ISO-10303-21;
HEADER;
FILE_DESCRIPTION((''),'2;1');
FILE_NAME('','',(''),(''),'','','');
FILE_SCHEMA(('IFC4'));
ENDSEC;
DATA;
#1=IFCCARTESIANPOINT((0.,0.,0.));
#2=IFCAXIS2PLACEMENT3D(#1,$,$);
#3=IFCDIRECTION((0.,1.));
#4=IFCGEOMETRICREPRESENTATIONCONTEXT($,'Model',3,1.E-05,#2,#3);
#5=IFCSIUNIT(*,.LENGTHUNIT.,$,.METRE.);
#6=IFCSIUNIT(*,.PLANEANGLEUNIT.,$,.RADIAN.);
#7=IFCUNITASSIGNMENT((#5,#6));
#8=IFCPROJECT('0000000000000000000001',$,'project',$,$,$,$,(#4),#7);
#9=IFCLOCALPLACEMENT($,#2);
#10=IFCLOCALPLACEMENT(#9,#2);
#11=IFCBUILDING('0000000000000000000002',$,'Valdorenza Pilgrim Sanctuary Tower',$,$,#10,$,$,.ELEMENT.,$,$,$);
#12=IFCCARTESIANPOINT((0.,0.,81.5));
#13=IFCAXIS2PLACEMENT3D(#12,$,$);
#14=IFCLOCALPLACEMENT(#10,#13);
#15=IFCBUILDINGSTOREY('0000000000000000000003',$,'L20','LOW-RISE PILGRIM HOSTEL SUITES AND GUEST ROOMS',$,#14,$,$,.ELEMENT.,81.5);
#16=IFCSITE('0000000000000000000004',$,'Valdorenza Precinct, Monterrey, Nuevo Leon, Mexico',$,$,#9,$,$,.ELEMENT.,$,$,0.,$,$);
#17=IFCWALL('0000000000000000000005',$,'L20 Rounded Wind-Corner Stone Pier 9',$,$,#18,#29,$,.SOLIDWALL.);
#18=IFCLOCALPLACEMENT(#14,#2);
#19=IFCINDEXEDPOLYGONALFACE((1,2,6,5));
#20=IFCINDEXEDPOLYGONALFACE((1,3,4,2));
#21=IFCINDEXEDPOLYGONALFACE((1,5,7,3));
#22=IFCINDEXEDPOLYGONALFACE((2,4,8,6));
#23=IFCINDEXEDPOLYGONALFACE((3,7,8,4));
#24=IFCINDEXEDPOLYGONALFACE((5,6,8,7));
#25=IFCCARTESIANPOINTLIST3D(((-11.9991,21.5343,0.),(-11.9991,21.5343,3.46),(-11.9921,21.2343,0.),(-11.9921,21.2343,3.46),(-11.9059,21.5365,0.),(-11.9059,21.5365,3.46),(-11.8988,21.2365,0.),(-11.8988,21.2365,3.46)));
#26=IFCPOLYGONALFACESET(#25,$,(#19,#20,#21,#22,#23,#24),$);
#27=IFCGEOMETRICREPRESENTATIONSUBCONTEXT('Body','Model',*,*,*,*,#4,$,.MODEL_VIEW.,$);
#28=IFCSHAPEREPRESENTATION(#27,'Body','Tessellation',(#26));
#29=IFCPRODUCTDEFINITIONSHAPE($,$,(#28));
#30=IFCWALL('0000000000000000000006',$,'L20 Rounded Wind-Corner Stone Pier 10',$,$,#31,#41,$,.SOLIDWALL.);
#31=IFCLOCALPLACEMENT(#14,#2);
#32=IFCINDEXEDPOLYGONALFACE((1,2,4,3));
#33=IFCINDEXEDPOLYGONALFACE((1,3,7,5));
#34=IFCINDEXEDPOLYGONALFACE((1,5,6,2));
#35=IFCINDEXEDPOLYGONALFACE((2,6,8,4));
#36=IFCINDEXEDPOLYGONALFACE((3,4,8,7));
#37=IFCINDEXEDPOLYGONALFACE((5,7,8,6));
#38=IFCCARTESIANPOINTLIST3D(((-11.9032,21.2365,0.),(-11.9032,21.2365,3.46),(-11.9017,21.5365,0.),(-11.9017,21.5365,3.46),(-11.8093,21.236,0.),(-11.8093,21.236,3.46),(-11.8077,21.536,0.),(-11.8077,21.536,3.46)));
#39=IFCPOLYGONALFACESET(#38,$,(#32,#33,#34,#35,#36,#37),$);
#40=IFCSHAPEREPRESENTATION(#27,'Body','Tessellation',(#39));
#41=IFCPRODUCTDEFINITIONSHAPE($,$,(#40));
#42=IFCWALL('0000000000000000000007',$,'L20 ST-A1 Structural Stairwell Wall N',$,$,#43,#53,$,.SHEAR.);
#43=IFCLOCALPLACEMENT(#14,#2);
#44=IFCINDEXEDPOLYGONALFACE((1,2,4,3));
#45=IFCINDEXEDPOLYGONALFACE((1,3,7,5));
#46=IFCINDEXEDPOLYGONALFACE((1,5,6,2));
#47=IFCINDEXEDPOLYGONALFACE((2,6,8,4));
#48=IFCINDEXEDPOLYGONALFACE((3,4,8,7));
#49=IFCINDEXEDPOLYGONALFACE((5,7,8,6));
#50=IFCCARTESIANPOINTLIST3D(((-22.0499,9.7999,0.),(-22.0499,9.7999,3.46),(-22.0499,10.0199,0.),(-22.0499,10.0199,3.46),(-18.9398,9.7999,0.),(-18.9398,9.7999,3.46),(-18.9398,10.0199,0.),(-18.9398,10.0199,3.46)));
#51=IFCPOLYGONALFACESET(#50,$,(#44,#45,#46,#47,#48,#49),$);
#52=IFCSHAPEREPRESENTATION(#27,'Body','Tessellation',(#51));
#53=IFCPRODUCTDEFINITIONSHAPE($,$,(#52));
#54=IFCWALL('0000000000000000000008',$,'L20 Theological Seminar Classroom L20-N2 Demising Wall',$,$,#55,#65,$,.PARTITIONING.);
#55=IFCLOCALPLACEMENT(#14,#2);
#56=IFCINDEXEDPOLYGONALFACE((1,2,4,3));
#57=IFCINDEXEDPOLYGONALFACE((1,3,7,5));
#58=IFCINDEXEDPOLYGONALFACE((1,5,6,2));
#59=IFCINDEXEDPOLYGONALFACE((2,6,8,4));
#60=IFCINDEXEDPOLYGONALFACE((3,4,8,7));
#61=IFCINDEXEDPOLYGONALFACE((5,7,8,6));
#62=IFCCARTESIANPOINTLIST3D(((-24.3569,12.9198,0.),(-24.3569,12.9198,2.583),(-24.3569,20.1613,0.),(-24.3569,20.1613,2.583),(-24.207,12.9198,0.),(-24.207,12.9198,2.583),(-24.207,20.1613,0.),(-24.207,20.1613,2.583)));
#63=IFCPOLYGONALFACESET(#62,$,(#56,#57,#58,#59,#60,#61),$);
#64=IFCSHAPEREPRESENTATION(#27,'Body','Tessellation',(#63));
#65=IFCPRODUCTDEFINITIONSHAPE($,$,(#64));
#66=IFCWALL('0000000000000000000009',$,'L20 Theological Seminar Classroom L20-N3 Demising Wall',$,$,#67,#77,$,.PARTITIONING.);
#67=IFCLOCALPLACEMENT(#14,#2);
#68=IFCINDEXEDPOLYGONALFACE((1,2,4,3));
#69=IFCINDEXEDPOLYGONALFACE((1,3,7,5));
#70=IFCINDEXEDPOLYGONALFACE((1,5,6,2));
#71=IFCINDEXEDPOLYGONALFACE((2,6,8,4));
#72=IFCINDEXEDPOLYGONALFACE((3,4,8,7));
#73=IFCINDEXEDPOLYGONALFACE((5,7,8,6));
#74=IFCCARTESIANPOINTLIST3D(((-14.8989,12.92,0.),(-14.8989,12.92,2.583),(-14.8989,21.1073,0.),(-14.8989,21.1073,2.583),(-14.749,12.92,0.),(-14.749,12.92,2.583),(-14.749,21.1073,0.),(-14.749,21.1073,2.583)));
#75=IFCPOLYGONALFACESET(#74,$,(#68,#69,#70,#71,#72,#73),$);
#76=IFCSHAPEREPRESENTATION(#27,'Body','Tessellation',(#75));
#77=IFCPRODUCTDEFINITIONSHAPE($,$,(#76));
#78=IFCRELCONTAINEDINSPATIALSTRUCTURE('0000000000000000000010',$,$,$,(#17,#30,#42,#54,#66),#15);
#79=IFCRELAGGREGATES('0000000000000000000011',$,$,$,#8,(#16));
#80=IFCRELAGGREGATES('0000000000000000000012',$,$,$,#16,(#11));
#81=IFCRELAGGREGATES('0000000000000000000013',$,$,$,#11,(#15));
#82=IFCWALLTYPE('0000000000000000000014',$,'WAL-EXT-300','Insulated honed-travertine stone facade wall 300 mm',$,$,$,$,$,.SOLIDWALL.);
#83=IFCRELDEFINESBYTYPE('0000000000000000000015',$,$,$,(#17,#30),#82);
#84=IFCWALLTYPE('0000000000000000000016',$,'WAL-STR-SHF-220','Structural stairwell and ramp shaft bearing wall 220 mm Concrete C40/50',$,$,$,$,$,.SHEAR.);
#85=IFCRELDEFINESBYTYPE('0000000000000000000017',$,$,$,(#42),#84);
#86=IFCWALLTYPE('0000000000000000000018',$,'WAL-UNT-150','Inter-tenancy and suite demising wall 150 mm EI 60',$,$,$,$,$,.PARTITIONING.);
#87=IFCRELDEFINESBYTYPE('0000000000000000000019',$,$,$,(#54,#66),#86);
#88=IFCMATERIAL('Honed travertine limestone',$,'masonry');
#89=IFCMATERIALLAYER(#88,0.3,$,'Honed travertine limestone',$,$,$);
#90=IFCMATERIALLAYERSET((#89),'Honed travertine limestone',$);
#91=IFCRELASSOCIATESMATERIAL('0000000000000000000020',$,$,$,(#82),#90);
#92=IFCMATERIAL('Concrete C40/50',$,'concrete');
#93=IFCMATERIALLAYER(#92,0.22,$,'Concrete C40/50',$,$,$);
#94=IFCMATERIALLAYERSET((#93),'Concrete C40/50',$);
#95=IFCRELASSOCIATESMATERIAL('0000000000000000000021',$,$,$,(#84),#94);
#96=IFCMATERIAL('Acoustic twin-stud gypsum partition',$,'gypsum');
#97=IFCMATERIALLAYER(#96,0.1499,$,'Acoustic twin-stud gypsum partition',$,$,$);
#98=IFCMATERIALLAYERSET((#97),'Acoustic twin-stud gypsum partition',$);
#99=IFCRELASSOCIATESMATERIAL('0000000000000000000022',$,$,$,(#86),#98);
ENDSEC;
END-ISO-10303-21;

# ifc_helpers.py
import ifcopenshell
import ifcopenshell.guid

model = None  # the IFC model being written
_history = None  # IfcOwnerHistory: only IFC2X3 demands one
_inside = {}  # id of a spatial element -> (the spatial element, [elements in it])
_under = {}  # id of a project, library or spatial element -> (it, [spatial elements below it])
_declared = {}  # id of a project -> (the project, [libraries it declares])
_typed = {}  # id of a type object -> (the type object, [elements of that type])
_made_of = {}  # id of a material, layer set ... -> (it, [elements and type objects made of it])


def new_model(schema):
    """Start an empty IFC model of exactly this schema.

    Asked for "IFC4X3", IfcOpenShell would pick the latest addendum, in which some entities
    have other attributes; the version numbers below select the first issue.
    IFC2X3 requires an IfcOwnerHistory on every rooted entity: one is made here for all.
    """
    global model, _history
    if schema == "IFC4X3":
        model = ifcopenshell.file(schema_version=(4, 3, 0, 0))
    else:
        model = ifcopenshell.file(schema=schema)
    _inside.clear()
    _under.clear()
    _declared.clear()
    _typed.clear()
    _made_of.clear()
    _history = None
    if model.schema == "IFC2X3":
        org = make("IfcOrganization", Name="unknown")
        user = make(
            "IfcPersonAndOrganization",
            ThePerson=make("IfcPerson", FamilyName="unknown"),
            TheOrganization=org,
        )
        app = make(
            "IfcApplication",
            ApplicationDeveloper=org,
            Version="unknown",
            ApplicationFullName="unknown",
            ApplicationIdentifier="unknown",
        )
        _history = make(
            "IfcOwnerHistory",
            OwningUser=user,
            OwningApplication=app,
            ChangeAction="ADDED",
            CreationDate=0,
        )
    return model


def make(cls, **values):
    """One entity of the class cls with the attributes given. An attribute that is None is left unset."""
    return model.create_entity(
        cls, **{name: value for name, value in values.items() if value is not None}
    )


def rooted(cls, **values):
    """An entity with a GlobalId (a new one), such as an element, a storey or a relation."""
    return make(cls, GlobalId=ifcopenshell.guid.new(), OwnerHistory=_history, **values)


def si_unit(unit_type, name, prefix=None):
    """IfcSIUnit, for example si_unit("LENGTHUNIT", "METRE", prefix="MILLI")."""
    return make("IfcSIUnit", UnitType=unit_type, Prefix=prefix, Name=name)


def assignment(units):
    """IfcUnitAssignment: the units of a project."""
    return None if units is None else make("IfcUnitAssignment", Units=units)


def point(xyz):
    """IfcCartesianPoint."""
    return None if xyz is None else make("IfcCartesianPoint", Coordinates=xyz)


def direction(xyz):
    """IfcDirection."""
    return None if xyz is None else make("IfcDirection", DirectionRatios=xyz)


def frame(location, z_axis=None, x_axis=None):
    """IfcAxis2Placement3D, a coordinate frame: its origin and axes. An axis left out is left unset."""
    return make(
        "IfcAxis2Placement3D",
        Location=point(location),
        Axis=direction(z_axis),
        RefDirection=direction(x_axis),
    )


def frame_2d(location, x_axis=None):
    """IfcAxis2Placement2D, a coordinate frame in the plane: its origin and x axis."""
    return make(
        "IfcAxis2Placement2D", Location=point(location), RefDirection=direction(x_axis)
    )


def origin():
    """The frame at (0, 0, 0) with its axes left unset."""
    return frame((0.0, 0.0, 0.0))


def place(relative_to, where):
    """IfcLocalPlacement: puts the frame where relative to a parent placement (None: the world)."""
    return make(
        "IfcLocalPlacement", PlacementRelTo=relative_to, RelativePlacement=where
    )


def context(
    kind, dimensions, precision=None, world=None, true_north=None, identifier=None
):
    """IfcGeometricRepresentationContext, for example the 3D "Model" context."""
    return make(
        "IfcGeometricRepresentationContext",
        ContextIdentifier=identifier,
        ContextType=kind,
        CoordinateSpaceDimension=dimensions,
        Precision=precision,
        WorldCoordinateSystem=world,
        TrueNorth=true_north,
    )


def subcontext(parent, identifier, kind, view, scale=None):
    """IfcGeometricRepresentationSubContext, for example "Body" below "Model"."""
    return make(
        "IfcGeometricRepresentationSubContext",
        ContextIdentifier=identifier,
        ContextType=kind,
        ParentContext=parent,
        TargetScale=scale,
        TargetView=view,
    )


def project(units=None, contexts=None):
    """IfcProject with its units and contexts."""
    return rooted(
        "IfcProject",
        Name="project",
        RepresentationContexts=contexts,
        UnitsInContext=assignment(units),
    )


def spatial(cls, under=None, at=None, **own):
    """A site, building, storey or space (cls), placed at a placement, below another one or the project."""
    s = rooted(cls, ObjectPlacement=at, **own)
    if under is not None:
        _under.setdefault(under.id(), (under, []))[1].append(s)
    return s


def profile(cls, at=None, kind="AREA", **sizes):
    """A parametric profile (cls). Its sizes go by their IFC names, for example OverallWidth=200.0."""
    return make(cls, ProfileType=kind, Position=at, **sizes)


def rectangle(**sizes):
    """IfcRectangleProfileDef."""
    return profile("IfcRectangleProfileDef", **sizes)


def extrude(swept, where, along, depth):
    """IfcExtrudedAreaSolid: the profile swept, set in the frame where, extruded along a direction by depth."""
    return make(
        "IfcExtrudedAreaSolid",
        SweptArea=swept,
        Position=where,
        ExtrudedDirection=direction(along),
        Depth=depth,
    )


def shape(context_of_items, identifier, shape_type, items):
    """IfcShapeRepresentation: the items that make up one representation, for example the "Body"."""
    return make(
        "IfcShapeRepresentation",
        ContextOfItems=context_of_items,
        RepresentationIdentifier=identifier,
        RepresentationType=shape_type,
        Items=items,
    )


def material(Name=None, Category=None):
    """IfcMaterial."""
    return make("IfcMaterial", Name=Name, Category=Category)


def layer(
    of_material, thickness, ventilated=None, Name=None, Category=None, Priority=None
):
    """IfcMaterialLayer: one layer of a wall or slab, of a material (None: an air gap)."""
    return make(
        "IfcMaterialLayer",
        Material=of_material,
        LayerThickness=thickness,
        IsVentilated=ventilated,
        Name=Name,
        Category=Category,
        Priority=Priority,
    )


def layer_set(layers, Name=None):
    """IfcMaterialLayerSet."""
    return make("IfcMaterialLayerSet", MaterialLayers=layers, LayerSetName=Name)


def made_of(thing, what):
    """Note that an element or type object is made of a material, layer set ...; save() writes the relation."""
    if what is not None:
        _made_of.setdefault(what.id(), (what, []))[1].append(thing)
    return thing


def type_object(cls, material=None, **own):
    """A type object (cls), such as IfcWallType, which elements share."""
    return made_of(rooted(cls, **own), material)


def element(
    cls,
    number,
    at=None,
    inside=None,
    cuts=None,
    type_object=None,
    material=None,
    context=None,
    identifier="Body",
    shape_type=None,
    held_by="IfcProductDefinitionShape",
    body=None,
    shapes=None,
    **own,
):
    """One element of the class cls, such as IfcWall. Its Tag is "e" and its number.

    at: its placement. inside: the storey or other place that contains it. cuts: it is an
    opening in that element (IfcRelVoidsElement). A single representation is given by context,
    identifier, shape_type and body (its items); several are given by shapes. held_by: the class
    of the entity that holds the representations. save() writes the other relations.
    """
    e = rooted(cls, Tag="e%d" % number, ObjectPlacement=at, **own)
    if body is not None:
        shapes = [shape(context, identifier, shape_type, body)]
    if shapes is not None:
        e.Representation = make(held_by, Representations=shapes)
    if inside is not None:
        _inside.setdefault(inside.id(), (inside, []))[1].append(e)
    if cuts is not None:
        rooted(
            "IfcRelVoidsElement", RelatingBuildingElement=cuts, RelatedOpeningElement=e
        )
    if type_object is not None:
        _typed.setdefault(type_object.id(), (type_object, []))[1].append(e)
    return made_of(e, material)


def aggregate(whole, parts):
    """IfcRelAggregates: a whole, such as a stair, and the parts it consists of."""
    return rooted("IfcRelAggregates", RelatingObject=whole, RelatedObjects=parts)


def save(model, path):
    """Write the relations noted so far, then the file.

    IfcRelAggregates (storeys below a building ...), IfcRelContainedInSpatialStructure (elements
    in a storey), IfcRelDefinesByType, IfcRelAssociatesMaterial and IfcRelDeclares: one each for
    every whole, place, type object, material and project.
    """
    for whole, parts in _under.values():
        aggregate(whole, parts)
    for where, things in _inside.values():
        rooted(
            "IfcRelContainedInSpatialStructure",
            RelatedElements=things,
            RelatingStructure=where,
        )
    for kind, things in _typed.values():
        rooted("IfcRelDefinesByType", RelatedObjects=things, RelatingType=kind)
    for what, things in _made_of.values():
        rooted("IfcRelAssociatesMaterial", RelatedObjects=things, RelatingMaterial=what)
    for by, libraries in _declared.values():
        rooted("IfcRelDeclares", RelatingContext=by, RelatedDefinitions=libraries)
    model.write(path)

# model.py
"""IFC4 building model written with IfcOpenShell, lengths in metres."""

from ifc_helpers import new_model, si_unit, direction, frame, frame_2d, origin, place, context, subcontext, project, spatial, rectangle, extrude, material, layer, layer_set, type_object, element, save


model = new_model("IFC4")

# Units and contexts
model_context = context("Model", 3, precision=1e-05, world=origin(), true_north=direction((0.0, 1.0)))
body_context = subcontext(model_context, "Body", "Model", "MODEL_VIEW")
ifc_project = project(units=[si_unit("LENGTHUNIT", "METRE"), si_unit("PLANEANGLEUNIT", "RADIAN")], contexts=[model_context])

# Site, building, storey
site_placement = place(None, origin())
site = spatial("IfcSite", under=ifc_project, at=site_placement, Name="Valdorenza Precinct, Monterrey, Nuevo Leon, Mexico", CompositionType="ELEMENT", RefElevation=0.0)
building_placement = place(site_placement, origin())
building = spatial("IfcBuilding", under=site, at=building_placement, Name="Valdorenza Pilgrim Sanctuary Tower", CompositionType="ELEMENT")
storey_placement = place(building_placement, frame((0.0, 0.0, 81.5)))
storey = spatial("IfcBuildingStorey", under=building, at=storey_placement, Name="L20", Description="LOW-RISE PILGRIM HOSTEL SUITES AND GUEST ROOMS", CompositionType="ELEMENT", Elevation=81.5)

# Shared definitions
ifc_material_1 = material(Name="Honed travertine limestone", Category="masonry")

# Shared definitions
ifc_material_2 = material(Name="Acoustic twin-stud gypsum partition", Category="gypsum")

# Walls
ifc_layer_1 = layer(ifc_material_1, 0.3, Name="Honed travertine limestone")
ifc_layer_set_1 = layer_set([ifc_layer_1], Name="Honed travertine limestone")
wall_type_1 = type_object("IfcWallType", Name="WAL-EXT-300", Description="Insulated honed-travertine stone facade wall 300 mm", PredefinedType="SOLIDWALL", material=ifc_layer_set_1)
wall_1_placement = place(storey_placement, frame((-11.9956, 21.3843, 0.0), z_axis=(0.0, 0.0, 1.0), x_axis=(0.999723, 0.023554, 0.0)))
element("IfcWall", 1, at=wall_1_placement, inside=storey, type_object=wall_type_1, Name="L20 Rounded Wind-Corner Stone Pier 9", PredefinedType="SOLIDWALL", context=body_context, shape_type="SweptSolid", body=[
    extrude(rectangle(XDim=0.0933, YDim=0.3, at=frame_2d((0.0466, 0.0))), origin(), (0.0, 0.0, 1.0), 3.46),
])
wall_2_placement = place(storey_placement, frame((-11.9023, 21.3865, 0.0), z_axis=(0.0, 0.0, 1.0), x_axis=(0.999987, -0.005195, 0.0)))
element("IfcWall", 2, at=wall_2_placement, inside=storey, type_object=wall_type_1, Name="L20 Rounded Wind-Corner Stone Pier 10", PredefinedType="SOLIDWALL", context=body_context, shape_type="SweptSolid", body=[
    extrude(rectangle(XDim=0.094, YDim=0.3, at=frame_2d((0.0469, 0.0))), origin(), (0.0, 0.0, 1.0), 3.46),
])
ifc_material_3 = material(Name="Concrete C40/50", Category="concrete")
ifc_layer_2 = layer(ifc_material_3, 0.22, Name="Concrete C40/50")
ifc_layer_set_2 = layer_set([ifc_layer_2], Name="Concrete C40/50")
wall_type_2 = type_object("IfcWallType", Name="WAL-STR-SHF-220", Description="Structural stairwell and ramp shaft bearing wall 220 mm Concrete C40/50", PredefinedType="SHEAR", material=ifc_layer_set_2)
wall_3_placement = place(storey_placement, frame((-22.05, 9.9099, 0.0), z_axis=(0.0, 0.0, 1.0), x_axis=(1.0, 0.0, 0.0)))
element("IfcWall", 3, at=wall_3_placement, inside=storey, type_object=wall_type_2, Name="L20 ST-A1 Structural Stairwell Wall N", PredefinedType="SHEAR", context=body_context, shape_type="SweptSolid", body=[
    extrude(rectangle(XDim=3.1101, YDim=0.22, at=frame_2d((1.5552, 0.0))), origin(), (0.0, 0.0, 1.0), 3.46),
])
ifc_layer_3 = layer(ifc_material_2, 0.1499, Name="Acoustic twin-stud gypsum partition")
ifc_layer_set_3 = layer_set([ifc_layer_3], Name="Acoustic twin-stud gypsum partition")
wall_type_3 = type_object("IfcWallType", Name="WAL-UNT-150", Description="Inter-tenancy and suite demising wall 150 mm EI 60", PredefinedType="PARTITIONING", material=ifc_layer_set_3)
wall_4_placement = place(storey_placement, frame((-24.282, 12.9199, 0.0), z_axis=(0.0, 0.0, 1.0), x_axis=(0.0, 1.0, 0.0)))
element("IfcWall", 4, at=wall_4_placement, inside=storey, type_object=wall_type_3, Name="L20 Theological Seminar Classroom L20-N2 Demising Wall", PredefinedType="PARTITIONING", context=body_context, shape_type="SweptSolid", body=[
    extrude(rectangle(XDim=7.2415, YDim=0.1499, at=frame_2d((3.6206, 0.0))), origin(), (0.0, 0.0, 1.0), 2.583),
])
wall_5_placement = place(storey_placement, frame((-14.824, 12.9199, 0.0), z_axis=(0.0, 0.0, 1.0), x_axis=(0.0, 1.0, 0.0)))
element("IfcWall", 5, at=wall_5_placement, inside=storey, type_object=wall_type_3, Name="L20 Theological Seminar Classroom L20-N3 Demising Wall", PredefinedType="PARTITIONING", context=body_context, shape_type="SweptSolid", body=[
    extrude(rectangle(XDim=8.1873, YDim=0.1499, at=frame_2d((4.0938, 0.0))), origin(), (0.0, 0.0, 1.0), 2.583),
])

save(model, "model.ifc")
